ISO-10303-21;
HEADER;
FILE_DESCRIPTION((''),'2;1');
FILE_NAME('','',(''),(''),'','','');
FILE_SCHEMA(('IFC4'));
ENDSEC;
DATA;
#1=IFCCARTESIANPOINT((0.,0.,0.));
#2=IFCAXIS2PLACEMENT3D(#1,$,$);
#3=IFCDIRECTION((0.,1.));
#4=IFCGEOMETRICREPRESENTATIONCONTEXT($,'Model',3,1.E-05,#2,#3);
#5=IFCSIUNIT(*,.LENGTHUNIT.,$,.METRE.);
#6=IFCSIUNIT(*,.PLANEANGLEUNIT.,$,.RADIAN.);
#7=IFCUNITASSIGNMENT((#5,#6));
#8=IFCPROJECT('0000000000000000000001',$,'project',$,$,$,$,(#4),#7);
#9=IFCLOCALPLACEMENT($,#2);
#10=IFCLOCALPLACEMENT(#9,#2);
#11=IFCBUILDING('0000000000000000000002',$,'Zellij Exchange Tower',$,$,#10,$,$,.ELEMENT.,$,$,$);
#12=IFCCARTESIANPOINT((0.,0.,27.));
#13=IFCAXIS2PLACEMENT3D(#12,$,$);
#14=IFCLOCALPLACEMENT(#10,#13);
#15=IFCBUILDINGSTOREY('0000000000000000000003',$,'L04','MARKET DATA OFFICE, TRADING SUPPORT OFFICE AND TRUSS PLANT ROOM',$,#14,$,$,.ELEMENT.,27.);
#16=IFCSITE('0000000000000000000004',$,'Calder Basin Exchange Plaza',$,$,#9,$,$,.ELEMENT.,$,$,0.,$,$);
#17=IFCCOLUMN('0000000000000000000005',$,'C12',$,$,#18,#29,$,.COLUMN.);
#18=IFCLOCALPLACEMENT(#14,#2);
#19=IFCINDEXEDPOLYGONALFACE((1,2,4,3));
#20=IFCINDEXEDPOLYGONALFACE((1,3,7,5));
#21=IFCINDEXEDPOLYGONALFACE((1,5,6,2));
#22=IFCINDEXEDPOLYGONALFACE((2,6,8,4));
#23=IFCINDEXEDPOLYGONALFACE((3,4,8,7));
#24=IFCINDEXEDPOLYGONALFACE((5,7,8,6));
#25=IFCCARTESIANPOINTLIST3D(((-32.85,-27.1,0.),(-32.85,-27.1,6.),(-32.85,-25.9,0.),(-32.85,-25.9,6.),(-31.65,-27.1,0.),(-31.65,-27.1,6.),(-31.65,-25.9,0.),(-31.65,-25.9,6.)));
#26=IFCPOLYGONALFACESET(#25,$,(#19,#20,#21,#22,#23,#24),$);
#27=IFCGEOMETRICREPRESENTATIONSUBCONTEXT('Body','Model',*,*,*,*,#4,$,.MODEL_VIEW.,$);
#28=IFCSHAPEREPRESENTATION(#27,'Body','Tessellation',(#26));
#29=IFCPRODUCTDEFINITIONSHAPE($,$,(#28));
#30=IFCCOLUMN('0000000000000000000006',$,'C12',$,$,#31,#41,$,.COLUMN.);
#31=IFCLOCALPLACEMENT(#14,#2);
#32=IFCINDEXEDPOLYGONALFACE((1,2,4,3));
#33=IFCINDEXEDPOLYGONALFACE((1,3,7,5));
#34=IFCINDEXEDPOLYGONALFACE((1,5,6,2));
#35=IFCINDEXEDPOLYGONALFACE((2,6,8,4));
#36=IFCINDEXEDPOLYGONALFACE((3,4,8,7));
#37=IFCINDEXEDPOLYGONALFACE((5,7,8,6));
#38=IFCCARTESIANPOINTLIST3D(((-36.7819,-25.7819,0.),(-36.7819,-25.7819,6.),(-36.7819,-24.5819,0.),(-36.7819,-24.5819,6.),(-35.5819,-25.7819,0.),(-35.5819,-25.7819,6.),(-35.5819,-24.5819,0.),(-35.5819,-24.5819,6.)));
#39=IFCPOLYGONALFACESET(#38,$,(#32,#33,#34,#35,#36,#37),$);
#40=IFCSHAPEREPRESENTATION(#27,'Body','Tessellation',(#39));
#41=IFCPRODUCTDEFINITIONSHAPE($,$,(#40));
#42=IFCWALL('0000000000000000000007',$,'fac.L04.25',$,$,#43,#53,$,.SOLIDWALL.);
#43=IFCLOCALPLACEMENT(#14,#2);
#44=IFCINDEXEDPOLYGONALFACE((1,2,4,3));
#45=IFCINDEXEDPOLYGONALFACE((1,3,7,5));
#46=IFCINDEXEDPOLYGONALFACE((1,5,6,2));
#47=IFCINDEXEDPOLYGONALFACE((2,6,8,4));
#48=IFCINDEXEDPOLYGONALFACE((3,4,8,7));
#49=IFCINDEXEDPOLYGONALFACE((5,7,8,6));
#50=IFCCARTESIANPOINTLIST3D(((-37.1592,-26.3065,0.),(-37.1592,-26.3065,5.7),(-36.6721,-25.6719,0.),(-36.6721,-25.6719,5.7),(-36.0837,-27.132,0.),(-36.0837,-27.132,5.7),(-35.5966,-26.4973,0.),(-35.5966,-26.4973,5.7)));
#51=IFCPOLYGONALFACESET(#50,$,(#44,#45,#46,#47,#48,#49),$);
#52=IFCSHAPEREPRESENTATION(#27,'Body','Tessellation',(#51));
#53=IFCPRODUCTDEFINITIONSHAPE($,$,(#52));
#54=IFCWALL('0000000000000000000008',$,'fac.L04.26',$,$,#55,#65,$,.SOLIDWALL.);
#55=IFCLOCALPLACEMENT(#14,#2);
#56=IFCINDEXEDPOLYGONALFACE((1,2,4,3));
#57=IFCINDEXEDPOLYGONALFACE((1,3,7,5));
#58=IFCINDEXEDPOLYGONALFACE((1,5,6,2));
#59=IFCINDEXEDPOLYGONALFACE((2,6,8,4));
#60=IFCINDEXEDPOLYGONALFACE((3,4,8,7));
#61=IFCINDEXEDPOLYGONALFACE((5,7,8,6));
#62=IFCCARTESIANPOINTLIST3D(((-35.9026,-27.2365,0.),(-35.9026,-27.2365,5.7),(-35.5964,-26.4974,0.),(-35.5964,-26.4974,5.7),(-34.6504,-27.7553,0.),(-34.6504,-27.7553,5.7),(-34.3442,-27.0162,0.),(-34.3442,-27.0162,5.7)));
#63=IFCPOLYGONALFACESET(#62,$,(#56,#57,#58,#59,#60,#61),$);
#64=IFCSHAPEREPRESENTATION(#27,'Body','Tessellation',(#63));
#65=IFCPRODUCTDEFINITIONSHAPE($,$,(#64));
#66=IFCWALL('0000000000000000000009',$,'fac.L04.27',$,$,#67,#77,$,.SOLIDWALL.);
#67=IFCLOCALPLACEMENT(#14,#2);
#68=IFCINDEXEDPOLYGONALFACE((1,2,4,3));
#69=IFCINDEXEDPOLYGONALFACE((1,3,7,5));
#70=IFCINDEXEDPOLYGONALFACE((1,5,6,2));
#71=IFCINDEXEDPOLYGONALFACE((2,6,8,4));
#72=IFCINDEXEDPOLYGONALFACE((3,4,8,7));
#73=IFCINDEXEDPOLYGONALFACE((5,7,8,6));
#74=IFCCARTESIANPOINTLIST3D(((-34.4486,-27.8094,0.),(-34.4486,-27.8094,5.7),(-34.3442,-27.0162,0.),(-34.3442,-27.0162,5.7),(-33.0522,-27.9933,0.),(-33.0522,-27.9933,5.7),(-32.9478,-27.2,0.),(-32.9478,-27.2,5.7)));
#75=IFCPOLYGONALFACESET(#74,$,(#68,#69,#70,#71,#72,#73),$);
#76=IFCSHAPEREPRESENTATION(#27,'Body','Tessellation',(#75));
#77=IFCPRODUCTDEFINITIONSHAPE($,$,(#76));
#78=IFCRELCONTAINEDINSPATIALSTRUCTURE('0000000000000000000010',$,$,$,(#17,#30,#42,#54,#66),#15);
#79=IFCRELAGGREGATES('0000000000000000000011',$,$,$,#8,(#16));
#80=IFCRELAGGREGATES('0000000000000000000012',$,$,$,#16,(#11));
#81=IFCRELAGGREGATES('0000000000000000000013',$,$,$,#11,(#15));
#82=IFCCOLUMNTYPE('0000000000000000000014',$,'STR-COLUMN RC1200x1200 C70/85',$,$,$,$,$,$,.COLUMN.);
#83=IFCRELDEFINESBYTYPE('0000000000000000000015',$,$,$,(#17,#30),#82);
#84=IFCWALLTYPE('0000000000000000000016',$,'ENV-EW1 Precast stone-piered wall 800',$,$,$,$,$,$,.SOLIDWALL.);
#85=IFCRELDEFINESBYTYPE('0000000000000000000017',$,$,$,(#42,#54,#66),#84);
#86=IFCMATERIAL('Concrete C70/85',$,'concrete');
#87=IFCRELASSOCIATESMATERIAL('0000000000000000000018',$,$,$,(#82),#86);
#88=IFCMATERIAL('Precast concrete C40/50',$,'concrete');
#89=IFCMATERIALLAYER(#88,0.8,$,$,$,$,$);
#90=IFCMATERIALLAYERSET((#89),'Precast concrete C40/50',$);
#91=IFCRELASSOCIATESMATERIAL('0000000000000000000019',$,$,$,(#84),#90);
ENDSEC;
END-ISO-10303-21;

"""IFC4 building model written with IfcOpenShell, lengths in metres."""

from ifc_helpers import new_model, si_unit, direction, frame, frame_2d, origin, origin_2d, place, context, subcontext, project, spatial, rectangle, extrude, material, layer, layer_set, material_profile, profile_set, type_object, element, save


model = new_model("IFC4")

# Units and contexts
model_context = context("Model", 3, precision=1e-05, world=origin(), true_north=direction((0.0, 1.0)))
body_context = subcontext(model_context, "Body", "Model", "MODEL_VIEW")
ifc_project = project(units=[si_unit("LENGTHUNIT", "METRE"), si_unit("PLANEANGLEUNIT", "RADIAN")], contexts=[model_context])

# Site, building, storey
site_placement = place(None, origin())
site = spatial("IfcSite", under=ifc_project, at=site_placement, Name="Calder Basin Exchange Plaza", CompositionType="ELEMENT", RefElevation=0.0)
building_placement = place(site_placement, origin())
building = spatial("IfcBuilding", under=site, at=building_placement, Name="Zellij Exchange Tower", CompositionType="ELEMENT")
storey_placement = place(building_placement, frame((0.0, 0.0, 27.0)))
storey = spatial("IfcBuildingStorey", under=building, at=storey_placement, Name="L04", Description="MARKET DATA OFFICE, TRADING SUPPORT OFFICE AND TRUSS PLANT ROOM", CompositionType="ELEMENT", Elevation=27.0)

# Columns
ifc_material_1 = material(Name="Concrete C70/85", Category="concrete")
ifc_material_profile = material_profile(ifc_material_1, rectangle(XDim=1.2, YDim=1.2, at=origin_2d()), Name="STR-COLUMN RC1200x1200 C70/85")
ifc_profile_set = profile_set([ifc_material_profile], Name="Concrete C70/85")
column_type = type_object("IfcColumnType", Name="STR-COLUMN RC1200x1200 C70/85", PredefinedType="COLUMN", material=ifc_profile_set)
for number, where, z_axis, x_axis, name in (
    (1, (-32.25, -26.5, 0.0), (0.0, 0.0, 1.0), (1.0, 0.0, 0.0), "C12"),
    (2, (-36.1819, -25.1819, 0.0), (0.0, 0.0, 1.0), (1.0, 0.0, 0.0), "C12"),
):
    element("IfcColumn", number, at=place(storey_placement, frame(where, z_axis=z_axis, x_axis=x_axis)), inside=storey, type_object=column_type, Name=name, PredefinedType="COLUMN", context=body_context, shape_type="SweptSolid", body=[
        extrude(rectangle(XDim=1.2, YDim=1.2, at=origin_2d()), origin(), (0.0, 0.0, 1.0), 6.0),
    ])

# Shared definitions
ifc_material_2 = material(Name="Precast concrete C40/50", Category="concrete")
ifc_layer = layer(ifc_material_2, 0.8)
ifc_layer_set = layer_set([ifc_layer], Name="Precast concrete C40/50")
wall_type = type_object("IfcWallType", Name="ENV-EW1 Precast stone-piered wall 800", PredefinedType="SOLIDWALL", material=ifc_layer_set)

# Walls
wall_1_placement = place(storey_placement, frame((-36.9155, -25.9893, 0.0), z_axis=(0.0, 0.0, 1.0), x_axis=(0.793273, -0.608866, 0.0)))
element("IfcWall", 3, at=wall_1_placement, inside=storey, type_object=wall_type, Name="fac.L04.25", PredefinedType="SOLIDWALL", context=body_context, shape_type="SweptSolid", body=[
    extrude(rectangle(XDim=1.3557, YDim=0.8, at=frame_2d((0.6777, 0.0))), origin(), (0.0, 0.0, 1.0), 5.7),
])
wall_2_placement = place(storey_placement, frame((-35.7495, -26.8669, 0.0), z_axis=(0.0, 0.0, 1.0), x_axis=(0.923848, -0.38276, 0.0)))
element("IfcWall", 4, at=wall_2_placement, inside=storey, type_object=wall_type, Name="fac.L04.26", PredefinedType="SOLIDWALL", context=body_context, shape_type="SweptSolid", body=[
    extrude(rectangle(XDim=1.3555, YDim=0.8, at=frame_2d((0.6777, 0.0))), origin(), (0.0, 0.0, 1.0), 5.7),
])
wall_3_placement = place(storey_placement, frame((-34.3962, -27.4128, 0.0), z_axis=(0.0, 0.0, 1.0), x_axis=(0.991446, -0.130517, 0.0)))
element("IfcWall", 5, at=wall_3_placement, inside=storey, type_object=wall_type, Name="fac.L04.27", PredefinedType="SOLIDWALL", context=body_context, shape_type="SweptSolid", body=[
    extrude(rectangle(XDim=1.4084, YDim=0.8, at=frame_2d((0.7041, 0.0))), origin(), (0.0, 0.0, 1.0), 5.7),
])

save(model, "model.ifc")
